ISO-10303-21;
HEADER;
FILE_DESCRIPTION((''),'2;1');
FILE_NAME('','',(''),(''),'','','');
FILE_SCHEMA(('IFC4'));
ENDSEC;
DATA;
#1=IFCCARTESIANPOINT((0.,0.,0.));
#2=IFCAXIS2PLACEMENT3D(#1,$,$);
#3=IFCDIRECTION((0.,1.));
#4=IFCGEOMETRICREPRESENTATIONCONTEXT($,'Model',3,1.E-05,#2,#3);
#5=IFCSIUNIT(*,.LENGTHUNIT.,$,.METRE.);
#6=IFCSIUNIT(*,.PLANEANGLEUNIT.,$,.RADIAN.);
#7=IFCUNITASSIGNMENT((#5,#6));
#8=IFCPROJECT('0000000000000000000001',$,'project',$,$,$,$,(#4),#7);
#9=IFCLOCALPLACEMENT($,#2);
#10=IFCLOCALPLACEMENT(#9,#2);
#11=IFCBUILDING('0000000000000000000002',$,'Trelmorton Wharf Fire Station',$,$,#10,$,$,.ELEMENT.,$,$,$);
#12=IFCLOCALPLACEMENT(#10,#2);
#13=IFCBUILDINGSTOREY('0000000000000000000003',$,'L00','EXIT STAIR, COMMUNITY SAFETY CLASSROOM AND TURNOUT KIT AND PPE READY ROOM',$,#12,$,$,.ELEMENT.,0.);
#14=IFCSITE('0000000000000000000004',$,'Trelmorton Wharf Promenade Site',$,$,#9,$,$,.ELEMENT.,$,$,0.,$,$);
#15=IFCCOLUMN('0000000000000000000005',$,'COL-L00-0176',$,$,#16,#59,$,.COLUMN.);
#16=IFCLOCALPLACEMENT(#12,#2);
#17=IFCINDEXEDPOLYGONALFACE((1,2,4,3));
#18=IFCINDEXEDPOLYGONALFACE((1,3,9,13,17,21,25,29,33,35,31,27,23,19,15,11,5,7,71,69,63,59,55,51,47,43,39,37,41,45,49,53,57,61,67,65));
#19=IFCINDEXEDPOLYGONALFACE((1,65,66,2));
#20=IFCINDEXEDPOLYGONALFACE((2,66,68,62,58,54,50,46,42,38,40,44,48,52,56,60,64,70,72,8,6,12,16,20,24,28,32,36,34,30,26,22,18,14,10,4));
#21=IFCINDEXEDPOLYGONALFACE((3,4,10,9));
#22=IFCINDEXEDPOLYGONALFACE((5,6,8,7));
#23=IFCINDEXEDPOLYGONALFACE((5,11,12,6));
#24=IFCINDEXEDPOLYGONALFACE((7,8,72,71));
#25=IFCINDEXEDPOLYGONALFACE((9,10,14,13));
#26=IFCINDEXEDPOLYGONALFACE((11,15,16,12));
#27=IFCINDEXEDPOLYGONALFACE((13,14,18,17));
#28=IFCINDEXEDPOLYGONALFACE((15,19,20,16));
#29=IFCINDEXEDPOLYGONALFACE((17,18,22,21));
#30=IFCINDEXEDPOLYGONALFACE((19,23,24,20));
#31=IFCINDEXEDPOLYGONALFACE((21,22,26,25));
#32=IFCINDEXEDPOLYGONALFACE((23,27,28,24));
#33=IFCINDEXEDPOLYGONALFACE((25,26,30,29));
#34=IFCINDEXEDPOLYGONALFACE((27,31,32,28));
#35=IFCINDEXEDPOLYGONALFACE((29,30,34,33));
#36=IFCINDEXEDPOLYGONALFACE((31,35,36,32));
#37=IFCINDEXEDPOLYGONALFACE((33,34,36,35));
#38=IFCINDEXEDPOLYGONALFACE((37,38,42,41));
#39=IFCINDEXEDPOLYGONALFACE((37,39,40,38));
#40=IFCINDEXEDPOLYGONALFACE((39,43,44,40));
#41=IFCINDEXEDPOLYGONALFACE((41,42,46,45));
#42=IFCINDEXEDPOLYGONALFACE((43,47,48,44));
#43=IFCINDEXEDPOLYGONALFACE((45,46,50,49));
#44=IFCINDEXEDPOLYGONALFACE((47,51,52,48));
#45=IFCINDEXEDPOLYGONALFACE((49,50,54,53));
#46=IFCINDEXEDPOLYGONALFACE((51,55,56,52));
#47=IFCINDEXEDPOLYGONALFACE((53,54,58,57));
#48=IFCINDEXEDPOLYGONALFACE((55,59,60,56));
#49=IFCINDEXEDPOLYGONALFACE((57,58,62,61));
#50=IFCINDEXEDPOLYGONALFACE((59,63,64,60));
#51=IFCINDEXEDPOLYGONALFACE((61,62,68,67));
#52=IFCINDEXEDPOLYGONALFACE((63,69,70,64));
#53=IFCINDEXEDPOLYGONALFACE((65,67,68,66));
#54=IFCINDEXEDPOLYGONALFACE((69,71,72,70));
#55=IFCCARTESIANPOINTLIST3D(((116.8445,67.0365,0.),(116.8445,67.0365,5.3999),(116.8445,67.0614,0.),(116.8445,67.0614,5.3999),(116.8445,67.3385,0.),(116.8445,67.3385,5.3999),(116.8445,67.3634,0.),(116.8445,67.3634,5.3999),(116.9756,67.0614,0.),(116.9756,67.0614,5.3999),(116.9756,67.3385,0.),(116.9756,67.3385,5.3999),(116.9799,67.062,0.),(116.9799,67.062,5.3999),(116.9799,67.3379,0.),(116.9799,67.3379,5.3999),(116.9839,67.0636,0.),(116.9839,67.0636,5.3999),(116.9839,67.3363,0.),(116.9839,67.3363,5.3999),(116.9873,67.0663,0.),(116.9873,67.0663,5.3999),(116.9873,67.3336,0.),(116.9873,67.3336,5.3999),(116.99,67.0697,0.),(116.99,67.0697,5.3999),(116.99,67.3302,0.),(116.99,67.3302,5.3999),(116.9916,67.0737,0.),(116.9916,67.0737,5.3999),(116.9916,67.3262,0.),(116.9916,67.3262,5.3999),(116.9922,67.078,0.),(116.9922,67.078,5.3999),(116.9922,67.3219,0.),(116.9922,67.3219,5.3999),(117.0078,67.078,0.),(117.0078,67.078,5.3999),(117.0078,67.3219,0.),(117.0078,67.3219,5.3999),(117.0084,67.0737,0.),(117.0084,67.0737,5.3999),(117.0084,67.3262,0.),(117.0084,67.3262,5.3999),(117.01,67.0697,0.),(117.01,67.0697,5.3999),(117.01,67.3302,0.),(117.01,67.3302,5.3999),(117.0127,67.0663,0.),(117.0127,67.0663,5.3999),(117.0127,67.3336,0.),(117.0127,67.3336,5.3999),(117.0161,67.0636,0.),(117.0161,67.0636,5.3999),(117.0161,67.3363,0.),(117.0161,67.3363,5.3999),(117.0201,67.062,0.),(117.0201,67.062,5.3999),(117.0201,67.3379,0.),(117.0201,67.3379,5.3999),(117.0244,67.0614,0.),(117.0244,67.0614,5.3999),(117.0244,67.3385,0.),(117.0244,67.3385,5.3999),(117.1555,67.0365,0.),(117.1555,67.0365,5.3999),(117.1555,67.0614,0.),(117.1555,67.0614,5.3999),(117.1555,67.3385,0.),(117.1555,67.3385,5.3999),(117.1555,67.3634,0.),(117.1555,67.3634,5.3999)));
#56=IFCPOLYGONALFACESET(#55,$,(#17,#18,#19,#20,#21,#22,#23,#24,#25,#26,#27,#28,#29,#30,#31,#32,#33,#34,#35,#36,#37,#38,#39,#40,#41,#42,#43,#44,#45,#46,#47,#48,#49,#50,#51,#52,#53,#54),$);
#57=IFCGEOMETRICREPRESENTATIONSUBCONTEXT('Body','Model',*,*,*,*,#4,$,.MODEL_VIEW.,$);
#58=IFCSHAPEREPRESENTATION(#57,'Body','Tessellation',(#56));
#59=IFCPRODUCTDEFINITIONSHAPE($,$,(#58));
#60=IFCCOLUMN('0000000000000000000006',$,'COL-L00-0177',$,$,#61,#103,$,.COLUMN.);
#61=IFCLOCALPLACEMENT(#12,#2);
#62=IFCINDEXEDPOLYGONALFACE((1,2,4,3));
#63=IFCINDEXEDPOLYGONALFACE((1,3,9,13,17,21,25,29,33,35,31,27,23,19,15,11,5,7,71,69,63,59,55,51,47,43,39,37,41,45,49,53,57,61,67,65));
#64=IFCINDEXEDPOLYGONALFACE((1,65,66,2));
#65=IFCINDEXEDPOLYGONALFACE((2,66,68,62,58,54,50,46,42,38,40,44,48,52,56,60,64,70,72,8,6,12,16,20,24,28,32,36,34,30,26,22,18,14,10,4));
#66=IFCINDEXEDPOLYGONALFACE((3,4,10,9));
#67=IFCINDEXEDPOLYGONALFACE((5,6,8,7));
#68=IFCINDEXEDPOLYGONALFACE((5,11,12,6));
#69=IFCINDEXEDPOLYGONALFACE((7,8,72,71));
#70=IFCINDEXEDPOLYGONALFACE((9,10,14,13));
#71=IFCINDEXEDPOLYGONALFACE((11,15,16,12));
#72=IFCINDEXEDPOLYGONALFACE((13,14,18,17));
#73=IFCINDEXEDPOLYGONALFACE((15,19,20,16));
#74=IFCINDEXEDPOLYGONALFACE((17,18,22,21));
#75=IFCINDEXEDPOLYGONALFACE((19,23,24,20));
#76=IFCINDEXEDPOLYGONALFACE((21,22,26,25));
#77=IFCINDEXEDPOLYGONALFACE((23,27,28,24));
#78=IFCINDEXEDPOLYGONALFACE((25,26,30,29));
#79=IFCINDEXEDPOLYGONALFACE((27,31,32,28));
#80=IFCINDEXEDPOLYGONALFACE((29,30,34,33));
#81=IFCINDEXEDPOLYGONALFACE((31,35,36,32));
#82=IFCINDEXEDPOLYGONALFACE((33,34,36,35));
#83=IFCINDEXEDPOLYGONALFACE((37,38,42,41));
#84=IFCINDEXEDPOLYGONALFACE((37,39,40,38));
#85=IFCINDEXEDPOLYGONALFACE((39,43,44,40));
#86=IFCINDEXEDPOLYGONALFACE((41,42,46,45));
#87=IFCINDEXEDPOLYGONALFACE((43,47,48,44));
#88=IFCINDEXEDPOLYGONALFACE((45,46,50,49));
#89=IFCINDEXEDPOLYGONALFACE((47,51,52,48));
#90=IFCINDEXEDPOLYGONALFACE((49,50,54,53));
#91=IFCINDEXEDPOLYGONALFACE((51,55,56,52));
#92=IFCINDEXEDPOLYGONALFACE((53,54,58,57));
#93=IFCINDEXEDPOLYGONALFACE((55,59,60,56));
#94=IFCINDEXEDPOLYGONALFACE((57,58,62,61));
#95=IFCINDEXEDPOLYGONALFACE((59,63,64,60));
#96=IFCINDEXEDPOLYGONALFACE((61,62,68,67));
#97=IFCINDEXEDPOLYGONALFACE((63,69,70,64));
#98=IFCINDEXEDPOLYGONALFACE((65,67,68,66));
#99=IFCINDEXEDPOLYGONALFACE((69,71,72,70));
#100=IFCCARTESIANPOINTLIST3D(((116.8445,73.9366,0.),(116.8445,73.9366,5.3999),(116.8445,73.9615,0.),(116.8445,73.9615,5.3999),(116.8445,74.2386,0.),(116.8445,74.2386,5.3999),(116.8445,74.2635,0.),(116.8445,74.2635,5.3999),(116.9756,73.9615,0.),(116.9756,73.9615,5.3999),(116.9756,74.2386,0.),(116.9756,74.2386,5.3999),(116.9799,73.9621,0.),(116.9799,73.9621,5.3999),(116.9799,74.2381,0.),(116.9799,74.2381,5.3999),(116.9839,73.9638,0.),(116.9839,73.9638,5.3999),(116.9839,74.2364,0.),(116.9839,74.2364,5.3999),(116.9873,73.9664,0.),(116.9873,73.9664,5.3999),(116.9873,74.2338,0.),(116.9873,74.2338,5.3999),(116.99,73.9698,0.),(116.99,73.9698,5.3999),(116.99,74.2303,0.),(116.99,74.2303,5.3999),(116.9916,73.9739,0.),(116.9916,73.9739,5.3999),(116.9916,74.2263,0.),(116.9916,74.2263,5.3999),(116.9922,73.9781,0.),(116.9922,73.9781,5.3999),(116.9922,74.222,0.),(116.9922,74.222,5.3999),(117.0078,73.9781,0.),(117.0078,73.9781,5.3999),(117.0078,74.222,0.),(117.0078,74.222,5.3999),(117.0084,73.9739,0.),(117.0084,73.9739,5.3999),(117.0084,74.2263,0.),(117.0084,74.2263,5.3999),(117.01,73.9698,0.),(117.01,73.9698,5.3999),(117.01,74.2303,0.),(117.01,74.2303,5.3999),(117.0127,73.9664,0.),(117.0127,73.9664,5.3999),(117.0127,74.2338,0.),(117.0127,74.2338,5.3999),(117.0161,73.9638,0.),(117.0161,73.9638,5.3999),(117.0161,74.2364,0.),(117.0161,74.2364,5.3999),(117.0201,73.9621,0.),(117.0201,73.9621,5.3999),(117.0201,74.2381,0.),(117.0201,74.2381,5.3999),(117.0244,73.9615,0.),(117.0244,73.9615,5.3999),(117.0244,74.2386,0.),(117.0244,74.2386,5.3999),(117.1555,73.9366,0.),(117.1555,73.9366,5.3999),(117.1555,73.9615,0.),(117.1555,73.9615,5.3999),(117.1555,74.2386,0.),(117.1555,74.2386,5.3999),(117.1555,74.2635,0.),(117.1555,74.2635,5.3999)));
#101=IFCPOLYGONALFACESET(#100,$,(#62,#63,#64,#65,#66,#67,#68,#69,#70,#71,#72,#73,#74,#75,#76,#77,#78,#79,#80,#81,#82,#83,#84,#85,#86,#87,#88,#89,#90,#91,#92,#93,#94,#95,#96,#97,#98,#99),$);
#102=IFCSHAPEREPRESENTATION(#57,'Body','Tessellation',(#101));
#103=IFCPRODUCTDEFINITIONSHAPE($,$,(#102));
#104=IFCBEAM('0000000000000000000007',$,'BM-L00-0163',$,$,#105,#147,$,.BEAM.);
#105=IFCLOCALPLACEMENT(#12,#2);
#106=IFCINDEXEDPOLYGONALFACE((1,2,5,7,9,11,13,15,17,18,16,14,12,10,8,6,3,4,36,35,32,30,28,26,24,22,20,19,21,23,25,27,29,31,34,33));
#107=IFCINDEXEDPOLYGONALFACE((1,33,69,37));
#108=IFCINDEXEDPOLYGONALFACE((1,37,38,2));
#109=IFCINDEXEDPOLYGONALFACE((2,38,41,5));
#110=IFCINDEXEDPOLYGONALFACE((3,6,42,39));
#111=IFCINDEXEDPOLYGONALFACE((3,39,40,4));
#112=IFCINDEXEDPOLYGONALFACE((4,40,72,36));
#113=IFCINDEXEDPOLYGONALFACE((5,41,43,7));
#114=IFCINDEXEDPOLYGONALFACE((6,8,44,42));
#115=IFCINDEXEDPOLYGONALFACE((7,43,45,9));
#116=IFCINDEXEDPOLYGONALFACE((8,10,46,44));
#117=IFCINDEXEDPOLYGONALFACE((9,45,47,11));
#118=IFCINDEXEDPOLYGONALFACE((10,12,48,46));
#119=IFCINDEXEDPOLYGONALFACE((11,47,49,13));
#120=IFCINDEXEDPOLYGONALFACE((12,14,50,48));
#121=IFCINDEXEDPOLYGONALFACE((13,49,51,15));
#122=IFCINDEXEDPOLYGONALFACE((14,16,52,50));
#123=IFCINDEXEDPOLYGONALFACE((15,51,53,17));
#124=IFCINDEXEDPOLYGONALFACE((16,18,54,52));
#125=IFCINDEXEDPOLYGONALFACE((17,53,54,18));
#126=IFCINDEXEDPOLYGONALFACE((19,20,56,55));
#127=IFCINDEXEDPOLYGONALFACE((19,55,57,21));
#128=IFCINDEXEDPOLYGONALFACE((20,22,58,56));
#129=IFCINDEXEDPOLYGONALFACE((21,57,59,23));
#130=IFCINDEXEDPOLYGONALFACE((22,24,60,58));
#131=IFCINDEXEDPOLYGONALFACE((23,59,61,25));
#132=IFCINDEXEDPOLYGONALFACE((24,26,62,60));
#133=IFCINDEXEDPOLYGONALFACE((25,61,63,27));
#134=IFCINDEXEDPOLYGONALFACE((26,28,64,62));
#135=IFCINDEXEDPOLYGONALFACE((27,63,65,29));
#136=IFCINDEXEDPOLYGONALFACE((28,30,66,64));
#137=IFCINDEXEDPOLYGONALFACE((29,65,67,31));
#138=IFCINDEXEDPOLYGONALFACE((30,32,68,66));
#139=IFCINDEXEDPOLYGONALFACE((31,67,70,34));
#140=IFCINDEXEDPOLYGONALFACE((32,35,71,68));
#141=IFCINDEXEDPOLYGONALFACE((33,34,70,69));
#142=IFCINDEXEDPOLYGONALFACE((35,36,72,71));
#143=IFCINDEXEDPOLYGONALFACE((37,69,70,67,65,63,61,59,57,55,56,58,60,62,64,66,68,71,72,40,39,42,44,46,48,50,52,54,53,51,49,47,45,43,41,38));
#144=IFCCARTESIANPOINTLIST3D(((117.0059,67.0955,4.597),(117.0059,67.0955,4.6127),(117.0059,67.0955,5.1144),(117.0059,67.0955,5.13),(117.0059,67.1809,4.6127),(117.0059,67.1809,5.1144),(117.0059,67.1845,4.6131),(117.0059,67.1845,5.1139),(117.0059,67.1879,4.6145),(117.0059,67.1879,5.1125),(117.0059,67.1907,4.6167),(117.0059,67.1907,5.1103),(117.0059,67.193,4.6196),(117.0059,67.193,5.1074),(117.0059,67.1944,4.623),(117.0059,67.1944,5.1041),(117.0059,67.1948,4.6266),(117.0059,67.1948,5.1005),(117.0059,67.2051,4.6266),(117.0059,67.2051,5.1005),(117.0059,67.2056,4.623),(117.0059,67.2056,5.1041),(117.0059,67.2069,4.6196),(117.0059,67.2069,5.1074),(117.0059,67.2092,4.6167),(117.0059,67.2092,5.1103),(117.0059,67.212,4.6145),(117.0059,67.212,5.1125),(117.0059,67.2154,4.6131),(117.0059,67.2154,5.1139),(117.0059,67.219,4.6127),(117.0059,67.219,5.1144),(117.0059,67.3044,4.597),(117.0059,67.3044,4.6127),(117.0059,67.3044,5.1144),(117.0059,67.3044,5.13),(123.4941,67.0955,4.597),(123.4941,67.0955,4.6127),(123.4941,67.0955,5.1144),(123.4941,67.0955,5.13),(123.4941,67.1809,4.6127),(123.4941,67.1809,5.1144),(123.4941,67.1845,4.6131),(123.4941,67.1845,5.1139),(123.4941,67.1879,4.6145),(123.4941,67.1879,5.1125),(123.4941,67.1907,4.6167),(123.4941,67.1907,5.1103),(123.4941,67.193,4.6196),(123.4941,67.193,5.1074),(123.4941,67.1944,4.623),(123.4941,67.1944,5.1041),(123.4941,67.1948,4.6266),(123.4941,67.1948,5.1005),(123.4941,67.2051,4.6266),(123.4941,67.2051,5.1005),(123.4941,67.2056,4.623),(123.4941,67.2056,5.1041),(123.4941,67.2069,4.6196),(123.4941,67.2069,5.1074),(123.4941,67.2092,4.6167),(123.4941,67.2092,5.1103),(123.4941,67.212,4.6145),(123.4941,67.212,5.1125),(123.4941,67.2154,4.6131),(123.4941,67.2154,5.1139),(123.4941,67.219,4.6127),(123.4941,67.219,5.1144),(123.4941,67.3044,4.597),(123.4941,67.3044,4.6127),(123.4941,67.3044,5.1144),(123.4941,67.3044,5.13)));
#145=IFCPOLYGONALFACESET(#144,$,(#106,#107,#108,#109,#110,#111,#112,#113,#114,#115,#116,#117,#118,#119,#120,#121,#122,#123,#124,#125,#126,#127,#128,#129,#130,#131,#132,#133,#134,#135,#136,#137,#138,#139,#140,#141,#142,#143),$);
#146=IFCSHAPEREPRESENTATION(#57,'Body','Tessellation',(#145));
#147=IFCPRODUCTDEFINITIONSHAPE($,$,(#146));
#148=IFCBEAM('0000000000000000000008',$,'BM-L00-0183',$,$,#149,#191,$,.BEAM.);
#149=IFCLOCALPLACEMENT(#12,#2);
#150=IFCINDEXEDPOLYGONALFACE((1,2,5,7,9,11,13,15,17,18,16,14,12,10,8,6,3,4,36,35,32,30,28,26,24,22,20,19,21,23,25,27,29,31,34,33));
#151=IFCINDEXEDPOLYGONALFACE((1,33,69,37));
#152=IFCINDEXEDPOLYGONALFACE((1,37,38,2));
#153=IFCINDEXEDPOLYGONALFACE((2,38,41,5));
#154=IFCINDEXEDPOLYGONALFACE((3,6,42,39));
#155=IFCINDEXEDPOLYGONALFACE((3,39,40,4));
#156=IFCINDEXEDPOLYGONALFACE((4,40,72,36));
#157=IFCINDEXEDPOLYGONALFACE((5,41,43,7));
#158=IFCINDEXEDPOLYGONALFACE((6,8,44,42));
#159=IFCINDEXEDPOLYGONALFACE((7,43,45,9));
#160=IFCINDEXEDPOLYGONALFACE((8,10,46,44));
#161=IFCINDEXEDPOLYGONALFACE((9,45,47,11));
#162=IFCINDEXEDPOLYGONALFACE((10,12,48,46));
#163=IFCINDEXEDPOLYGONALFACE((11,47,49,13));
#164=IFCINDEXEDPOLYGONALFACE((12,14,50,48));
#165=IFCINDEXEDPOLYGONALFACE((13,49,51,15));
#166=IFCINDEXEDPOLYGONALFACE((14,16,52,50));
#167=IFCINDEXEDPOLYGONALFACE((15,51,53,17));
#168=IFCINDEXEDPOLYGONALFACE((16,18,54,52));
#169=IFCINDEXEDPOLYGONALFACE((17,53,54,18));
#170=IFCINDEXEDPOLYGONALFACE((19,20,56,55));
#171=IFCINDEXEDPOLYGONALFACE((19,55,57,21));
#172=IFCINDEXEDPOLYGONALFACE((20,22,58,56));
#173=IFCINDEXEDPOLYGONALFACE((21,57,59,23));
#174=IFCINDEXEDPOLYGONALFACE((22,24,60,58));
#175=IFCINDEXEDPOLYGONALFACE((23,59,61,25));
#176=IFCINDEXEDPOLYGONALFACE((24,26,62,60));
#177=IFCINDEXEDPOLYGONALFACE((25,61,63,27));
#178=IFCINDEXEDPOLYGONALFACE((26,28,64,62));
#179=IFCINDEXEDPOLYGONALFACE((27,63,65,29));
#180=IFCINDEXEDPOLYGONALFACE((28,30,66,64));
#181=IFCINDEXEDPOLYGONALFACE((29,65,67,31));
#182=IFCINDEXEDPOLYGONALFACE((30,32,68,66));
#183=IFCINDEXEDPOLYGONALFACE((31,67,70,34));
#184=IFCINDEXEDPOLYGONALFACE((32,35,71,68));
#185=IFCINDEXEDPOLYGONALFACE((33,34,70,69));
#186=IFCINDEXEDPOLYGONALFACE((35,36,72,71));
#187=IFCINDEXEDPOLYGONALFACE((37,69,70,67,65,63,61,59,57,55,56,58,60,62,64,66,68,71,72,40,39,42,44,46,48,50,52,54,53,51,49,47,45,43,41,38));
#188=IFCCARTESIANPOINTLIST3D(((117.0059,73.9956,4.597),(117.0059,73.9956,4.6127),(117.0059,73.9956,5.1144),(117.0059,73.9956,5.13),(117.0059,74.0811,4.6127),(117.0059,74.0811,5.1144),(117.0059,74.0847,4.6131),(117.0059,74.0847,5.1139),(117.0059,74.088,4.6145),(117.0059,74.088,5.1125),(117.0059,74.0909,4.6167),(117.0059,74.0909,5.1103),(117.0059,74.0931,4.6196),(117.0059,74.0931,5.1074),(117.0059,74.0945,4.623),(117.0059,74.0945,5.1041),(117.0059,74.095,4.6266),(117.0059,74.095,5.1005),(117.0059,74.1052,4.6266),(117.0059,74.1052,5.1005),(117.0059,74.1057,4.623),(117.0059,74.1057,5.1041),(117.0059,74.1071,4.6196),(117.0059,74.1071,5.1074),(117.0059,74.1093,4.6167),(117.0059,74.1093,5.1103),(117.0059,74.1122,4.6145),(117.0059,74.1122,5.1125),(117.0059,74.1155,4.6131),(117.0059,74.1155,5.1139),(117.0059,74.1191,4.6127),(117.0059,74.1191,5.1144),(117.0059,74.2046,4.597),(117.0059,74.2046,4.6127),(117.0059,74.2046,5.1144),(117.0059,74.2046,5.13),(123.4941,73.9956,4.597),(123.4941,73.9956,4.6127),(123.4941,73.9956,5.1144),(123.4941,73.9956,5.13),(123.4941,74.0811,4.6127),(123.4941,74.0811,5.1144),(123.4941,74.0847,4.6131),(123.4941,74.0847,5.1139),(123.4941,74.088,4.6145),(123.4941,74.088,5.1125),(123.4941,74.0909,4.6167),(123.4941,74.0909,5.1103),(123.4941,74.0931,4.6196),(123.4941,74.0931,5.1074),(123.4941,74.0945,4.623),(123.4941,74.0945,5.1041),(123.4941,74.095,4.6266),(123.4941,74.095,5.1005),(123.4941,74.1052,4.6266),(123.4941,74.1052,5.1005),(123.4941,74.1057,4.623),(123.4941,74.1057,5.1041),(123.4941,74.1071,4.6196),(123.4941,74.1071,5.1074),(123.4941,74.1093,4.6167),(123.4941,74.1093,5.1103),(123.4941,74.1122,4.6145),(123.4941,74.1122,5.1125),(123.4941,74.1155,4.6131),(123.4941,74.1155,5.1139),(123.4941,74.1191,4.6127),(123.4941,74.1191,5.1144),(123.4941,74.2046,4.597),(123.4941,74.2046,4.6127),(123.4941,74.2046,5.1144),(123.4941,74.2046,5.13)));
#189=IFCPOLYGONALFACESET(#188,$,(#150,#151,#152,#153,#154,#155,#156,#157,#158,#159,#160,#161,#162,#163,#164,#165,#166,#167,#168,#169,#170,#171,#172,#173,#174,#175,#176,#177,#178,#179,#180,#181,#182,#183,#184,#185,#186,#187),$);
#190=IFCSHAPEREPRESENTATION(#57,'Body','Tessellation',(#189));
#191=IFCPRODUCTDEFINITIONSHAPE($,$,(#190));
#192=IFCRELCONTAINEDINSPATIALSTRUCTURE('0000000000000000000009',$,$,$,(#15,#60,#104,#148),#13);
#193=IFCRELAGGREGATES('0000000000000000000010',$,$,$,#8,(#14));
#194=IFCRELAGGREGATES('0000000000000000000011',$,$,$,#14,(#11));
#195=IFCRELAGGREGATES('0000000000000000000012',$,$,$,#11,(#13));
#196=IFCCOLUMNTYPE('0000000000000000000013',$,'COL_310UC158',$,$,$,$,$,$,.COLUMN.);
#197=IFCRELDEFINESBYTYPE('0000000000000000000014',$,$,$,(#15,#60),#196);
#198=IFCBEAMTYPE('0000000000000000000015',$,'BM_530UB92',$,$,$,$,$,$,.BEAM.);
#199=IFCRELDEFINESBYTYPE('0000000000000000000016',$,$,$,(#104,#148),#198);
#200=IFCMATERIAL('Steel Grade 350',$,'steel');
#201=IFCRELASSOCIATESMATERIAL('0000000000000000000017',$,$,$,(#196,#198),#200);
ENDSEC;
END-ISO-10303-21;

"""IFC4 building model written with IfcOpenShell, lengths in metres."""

from ifc_helpers import new_model, si_unit, direction, frame, origin, origin_2d, place, context, subcontext, project, spatial, i_section, extrude, material, material_profile, profile_set, type_object, element, save


model = new_model("IFC4")

# Units and contexts
model_context = context("Model", 3, precision=1e-05, world=origin(), true_north=direction((0.0, 1.0)))
body_context = subcontext(model_context, "Body", "Model", "MODEL_VIEW")
ifc_project = project(units=[si_unit("LENGTHUNIT", "METRE"), si_unit("PLANEANGLEUNIT", "RADIAN")], contexts=[model_context])

# Site, building, storey
site_placement = place(None, origin())
site = spatial("IfcSite", under=ifc_project, at=site_placement, Name="Trelmorton Wharf Promenade Site", CompositionType="ELEMENT", RefElevation=0.0)
building_placement = place(site_placement, origin())
building = spatial("IfcBuilding", under=site, at=building_placement, Name="Trelmorton Wharf Fire Station", CompositionType="ELEMENT")
storey_placement = place(building_placement, origin())
storey = spatial("IfcBuildingStorey", under=building, at=storey_placement, Name="L00", Description="EXIT STAIR, COMMUNITY SAFETY CLASSROOM AND TURNOUT KIT AND PPE READY ROOM", CompositionType="ELEMENT", Elevation=0.0)

# Columns
ifc_material_1 = material(Name="Steel Grade 350", Category="steel")
ifc_material_profile_1 = material_profile(ifc_material_1, i_section(OverallWidth=0.311, OverallDepth=0.3269, WebThickness=0.0156, FlangeThickness=0.0249, FilletRadius=0.0166, at=origin_2d()), Name="310UC158")
ifc_profile_set_1 = profile_set([ifc_material_profile_1], Name="Steel Grade 350")
column_type = type_object("IfcColumnType", Name="COL_310UC158", PredefinedType="COLUMN", material=ifc_profile_set_1)
for number, where, z_axis, x_axis, name in (
    (1, (117.0, 67.2, 0.0), (0.0, 0.0, 1.0), (1.0, 0.0, 0.0), "COL-L00-0176"),
    (2, (117.0, 74.1001, 0.0), (0.0, 0.0, 1.0), (1.0, 0.0, 0.0), "COL-L00-0177"),
):
    element("IfcColumn", number, at=place(storey_placement, frame(where, z_axis=z_axis, x_axis=x_axis)), inside=storey, type_object=column_type, Name=name, PredefinedType="COLUMN", context=body_context, shape_type="SweptSolid", body=[
        extrude(i_section(OverallWidth=0.311, OverallDepth=0.3269, WebThickness=0.0156, FlangeThickness=0.0249, FilletRadius=0.0166, at=origin_2d()), origin(), (0.0, 0.0, 1.0), 5.3999),
    ])

# Beams
ifc_material_profile_2 = material_profile(ifc_material_1, i_section(OverallWidth=0.209, OverallDepth=0.533, WebThickness=0.0103, FlangeThickness=0.0156, FilletRadius=0.0139, at=origin_2d()), Name="530UB92.4")
ifc_profile_set_2 = profile_set([ifc_material_profile_2], Name="Steel Grade 350")
beam_type_1 = type_object("IfcBeamType", Name="BM_530UB92", PredefinedType="BEAM", material=ifc_profile_set_2)
for number, where, z_axis, x_axis, name in (
    (3, (117.0059, 67.2, 4.8635), (1.0, 0.0, 0.0), (0.0, 1.0, 0.0), "BM-L00-0163"),
    (4, (117.0059, 74.1001, 4.8635), (1.0, 0.0, 0.0), (0.0, 1.0, 0.0), "BM-L00-0183"),
):
    element("IfcBeam", number, at=place(storey_placement, frame(where, z_axis=z_axis, x_axis=x_axis)), inside=storey, type_object=beam_type_1, Name=name, PredefinedType="BEAM", context=body_context, shape_type="SweptSolid", body=[
        extrude(i_section(OverallWidth=0.209, OverallDepth=0.533, WebThickness=0.0103, FlangeThickness=0.0156, FilletRadius=0.0139, at=origin_2d()), origin(), (0.0, 0.0, 1.0), 6.4883),
    ])

save(model, "model.ifc")
